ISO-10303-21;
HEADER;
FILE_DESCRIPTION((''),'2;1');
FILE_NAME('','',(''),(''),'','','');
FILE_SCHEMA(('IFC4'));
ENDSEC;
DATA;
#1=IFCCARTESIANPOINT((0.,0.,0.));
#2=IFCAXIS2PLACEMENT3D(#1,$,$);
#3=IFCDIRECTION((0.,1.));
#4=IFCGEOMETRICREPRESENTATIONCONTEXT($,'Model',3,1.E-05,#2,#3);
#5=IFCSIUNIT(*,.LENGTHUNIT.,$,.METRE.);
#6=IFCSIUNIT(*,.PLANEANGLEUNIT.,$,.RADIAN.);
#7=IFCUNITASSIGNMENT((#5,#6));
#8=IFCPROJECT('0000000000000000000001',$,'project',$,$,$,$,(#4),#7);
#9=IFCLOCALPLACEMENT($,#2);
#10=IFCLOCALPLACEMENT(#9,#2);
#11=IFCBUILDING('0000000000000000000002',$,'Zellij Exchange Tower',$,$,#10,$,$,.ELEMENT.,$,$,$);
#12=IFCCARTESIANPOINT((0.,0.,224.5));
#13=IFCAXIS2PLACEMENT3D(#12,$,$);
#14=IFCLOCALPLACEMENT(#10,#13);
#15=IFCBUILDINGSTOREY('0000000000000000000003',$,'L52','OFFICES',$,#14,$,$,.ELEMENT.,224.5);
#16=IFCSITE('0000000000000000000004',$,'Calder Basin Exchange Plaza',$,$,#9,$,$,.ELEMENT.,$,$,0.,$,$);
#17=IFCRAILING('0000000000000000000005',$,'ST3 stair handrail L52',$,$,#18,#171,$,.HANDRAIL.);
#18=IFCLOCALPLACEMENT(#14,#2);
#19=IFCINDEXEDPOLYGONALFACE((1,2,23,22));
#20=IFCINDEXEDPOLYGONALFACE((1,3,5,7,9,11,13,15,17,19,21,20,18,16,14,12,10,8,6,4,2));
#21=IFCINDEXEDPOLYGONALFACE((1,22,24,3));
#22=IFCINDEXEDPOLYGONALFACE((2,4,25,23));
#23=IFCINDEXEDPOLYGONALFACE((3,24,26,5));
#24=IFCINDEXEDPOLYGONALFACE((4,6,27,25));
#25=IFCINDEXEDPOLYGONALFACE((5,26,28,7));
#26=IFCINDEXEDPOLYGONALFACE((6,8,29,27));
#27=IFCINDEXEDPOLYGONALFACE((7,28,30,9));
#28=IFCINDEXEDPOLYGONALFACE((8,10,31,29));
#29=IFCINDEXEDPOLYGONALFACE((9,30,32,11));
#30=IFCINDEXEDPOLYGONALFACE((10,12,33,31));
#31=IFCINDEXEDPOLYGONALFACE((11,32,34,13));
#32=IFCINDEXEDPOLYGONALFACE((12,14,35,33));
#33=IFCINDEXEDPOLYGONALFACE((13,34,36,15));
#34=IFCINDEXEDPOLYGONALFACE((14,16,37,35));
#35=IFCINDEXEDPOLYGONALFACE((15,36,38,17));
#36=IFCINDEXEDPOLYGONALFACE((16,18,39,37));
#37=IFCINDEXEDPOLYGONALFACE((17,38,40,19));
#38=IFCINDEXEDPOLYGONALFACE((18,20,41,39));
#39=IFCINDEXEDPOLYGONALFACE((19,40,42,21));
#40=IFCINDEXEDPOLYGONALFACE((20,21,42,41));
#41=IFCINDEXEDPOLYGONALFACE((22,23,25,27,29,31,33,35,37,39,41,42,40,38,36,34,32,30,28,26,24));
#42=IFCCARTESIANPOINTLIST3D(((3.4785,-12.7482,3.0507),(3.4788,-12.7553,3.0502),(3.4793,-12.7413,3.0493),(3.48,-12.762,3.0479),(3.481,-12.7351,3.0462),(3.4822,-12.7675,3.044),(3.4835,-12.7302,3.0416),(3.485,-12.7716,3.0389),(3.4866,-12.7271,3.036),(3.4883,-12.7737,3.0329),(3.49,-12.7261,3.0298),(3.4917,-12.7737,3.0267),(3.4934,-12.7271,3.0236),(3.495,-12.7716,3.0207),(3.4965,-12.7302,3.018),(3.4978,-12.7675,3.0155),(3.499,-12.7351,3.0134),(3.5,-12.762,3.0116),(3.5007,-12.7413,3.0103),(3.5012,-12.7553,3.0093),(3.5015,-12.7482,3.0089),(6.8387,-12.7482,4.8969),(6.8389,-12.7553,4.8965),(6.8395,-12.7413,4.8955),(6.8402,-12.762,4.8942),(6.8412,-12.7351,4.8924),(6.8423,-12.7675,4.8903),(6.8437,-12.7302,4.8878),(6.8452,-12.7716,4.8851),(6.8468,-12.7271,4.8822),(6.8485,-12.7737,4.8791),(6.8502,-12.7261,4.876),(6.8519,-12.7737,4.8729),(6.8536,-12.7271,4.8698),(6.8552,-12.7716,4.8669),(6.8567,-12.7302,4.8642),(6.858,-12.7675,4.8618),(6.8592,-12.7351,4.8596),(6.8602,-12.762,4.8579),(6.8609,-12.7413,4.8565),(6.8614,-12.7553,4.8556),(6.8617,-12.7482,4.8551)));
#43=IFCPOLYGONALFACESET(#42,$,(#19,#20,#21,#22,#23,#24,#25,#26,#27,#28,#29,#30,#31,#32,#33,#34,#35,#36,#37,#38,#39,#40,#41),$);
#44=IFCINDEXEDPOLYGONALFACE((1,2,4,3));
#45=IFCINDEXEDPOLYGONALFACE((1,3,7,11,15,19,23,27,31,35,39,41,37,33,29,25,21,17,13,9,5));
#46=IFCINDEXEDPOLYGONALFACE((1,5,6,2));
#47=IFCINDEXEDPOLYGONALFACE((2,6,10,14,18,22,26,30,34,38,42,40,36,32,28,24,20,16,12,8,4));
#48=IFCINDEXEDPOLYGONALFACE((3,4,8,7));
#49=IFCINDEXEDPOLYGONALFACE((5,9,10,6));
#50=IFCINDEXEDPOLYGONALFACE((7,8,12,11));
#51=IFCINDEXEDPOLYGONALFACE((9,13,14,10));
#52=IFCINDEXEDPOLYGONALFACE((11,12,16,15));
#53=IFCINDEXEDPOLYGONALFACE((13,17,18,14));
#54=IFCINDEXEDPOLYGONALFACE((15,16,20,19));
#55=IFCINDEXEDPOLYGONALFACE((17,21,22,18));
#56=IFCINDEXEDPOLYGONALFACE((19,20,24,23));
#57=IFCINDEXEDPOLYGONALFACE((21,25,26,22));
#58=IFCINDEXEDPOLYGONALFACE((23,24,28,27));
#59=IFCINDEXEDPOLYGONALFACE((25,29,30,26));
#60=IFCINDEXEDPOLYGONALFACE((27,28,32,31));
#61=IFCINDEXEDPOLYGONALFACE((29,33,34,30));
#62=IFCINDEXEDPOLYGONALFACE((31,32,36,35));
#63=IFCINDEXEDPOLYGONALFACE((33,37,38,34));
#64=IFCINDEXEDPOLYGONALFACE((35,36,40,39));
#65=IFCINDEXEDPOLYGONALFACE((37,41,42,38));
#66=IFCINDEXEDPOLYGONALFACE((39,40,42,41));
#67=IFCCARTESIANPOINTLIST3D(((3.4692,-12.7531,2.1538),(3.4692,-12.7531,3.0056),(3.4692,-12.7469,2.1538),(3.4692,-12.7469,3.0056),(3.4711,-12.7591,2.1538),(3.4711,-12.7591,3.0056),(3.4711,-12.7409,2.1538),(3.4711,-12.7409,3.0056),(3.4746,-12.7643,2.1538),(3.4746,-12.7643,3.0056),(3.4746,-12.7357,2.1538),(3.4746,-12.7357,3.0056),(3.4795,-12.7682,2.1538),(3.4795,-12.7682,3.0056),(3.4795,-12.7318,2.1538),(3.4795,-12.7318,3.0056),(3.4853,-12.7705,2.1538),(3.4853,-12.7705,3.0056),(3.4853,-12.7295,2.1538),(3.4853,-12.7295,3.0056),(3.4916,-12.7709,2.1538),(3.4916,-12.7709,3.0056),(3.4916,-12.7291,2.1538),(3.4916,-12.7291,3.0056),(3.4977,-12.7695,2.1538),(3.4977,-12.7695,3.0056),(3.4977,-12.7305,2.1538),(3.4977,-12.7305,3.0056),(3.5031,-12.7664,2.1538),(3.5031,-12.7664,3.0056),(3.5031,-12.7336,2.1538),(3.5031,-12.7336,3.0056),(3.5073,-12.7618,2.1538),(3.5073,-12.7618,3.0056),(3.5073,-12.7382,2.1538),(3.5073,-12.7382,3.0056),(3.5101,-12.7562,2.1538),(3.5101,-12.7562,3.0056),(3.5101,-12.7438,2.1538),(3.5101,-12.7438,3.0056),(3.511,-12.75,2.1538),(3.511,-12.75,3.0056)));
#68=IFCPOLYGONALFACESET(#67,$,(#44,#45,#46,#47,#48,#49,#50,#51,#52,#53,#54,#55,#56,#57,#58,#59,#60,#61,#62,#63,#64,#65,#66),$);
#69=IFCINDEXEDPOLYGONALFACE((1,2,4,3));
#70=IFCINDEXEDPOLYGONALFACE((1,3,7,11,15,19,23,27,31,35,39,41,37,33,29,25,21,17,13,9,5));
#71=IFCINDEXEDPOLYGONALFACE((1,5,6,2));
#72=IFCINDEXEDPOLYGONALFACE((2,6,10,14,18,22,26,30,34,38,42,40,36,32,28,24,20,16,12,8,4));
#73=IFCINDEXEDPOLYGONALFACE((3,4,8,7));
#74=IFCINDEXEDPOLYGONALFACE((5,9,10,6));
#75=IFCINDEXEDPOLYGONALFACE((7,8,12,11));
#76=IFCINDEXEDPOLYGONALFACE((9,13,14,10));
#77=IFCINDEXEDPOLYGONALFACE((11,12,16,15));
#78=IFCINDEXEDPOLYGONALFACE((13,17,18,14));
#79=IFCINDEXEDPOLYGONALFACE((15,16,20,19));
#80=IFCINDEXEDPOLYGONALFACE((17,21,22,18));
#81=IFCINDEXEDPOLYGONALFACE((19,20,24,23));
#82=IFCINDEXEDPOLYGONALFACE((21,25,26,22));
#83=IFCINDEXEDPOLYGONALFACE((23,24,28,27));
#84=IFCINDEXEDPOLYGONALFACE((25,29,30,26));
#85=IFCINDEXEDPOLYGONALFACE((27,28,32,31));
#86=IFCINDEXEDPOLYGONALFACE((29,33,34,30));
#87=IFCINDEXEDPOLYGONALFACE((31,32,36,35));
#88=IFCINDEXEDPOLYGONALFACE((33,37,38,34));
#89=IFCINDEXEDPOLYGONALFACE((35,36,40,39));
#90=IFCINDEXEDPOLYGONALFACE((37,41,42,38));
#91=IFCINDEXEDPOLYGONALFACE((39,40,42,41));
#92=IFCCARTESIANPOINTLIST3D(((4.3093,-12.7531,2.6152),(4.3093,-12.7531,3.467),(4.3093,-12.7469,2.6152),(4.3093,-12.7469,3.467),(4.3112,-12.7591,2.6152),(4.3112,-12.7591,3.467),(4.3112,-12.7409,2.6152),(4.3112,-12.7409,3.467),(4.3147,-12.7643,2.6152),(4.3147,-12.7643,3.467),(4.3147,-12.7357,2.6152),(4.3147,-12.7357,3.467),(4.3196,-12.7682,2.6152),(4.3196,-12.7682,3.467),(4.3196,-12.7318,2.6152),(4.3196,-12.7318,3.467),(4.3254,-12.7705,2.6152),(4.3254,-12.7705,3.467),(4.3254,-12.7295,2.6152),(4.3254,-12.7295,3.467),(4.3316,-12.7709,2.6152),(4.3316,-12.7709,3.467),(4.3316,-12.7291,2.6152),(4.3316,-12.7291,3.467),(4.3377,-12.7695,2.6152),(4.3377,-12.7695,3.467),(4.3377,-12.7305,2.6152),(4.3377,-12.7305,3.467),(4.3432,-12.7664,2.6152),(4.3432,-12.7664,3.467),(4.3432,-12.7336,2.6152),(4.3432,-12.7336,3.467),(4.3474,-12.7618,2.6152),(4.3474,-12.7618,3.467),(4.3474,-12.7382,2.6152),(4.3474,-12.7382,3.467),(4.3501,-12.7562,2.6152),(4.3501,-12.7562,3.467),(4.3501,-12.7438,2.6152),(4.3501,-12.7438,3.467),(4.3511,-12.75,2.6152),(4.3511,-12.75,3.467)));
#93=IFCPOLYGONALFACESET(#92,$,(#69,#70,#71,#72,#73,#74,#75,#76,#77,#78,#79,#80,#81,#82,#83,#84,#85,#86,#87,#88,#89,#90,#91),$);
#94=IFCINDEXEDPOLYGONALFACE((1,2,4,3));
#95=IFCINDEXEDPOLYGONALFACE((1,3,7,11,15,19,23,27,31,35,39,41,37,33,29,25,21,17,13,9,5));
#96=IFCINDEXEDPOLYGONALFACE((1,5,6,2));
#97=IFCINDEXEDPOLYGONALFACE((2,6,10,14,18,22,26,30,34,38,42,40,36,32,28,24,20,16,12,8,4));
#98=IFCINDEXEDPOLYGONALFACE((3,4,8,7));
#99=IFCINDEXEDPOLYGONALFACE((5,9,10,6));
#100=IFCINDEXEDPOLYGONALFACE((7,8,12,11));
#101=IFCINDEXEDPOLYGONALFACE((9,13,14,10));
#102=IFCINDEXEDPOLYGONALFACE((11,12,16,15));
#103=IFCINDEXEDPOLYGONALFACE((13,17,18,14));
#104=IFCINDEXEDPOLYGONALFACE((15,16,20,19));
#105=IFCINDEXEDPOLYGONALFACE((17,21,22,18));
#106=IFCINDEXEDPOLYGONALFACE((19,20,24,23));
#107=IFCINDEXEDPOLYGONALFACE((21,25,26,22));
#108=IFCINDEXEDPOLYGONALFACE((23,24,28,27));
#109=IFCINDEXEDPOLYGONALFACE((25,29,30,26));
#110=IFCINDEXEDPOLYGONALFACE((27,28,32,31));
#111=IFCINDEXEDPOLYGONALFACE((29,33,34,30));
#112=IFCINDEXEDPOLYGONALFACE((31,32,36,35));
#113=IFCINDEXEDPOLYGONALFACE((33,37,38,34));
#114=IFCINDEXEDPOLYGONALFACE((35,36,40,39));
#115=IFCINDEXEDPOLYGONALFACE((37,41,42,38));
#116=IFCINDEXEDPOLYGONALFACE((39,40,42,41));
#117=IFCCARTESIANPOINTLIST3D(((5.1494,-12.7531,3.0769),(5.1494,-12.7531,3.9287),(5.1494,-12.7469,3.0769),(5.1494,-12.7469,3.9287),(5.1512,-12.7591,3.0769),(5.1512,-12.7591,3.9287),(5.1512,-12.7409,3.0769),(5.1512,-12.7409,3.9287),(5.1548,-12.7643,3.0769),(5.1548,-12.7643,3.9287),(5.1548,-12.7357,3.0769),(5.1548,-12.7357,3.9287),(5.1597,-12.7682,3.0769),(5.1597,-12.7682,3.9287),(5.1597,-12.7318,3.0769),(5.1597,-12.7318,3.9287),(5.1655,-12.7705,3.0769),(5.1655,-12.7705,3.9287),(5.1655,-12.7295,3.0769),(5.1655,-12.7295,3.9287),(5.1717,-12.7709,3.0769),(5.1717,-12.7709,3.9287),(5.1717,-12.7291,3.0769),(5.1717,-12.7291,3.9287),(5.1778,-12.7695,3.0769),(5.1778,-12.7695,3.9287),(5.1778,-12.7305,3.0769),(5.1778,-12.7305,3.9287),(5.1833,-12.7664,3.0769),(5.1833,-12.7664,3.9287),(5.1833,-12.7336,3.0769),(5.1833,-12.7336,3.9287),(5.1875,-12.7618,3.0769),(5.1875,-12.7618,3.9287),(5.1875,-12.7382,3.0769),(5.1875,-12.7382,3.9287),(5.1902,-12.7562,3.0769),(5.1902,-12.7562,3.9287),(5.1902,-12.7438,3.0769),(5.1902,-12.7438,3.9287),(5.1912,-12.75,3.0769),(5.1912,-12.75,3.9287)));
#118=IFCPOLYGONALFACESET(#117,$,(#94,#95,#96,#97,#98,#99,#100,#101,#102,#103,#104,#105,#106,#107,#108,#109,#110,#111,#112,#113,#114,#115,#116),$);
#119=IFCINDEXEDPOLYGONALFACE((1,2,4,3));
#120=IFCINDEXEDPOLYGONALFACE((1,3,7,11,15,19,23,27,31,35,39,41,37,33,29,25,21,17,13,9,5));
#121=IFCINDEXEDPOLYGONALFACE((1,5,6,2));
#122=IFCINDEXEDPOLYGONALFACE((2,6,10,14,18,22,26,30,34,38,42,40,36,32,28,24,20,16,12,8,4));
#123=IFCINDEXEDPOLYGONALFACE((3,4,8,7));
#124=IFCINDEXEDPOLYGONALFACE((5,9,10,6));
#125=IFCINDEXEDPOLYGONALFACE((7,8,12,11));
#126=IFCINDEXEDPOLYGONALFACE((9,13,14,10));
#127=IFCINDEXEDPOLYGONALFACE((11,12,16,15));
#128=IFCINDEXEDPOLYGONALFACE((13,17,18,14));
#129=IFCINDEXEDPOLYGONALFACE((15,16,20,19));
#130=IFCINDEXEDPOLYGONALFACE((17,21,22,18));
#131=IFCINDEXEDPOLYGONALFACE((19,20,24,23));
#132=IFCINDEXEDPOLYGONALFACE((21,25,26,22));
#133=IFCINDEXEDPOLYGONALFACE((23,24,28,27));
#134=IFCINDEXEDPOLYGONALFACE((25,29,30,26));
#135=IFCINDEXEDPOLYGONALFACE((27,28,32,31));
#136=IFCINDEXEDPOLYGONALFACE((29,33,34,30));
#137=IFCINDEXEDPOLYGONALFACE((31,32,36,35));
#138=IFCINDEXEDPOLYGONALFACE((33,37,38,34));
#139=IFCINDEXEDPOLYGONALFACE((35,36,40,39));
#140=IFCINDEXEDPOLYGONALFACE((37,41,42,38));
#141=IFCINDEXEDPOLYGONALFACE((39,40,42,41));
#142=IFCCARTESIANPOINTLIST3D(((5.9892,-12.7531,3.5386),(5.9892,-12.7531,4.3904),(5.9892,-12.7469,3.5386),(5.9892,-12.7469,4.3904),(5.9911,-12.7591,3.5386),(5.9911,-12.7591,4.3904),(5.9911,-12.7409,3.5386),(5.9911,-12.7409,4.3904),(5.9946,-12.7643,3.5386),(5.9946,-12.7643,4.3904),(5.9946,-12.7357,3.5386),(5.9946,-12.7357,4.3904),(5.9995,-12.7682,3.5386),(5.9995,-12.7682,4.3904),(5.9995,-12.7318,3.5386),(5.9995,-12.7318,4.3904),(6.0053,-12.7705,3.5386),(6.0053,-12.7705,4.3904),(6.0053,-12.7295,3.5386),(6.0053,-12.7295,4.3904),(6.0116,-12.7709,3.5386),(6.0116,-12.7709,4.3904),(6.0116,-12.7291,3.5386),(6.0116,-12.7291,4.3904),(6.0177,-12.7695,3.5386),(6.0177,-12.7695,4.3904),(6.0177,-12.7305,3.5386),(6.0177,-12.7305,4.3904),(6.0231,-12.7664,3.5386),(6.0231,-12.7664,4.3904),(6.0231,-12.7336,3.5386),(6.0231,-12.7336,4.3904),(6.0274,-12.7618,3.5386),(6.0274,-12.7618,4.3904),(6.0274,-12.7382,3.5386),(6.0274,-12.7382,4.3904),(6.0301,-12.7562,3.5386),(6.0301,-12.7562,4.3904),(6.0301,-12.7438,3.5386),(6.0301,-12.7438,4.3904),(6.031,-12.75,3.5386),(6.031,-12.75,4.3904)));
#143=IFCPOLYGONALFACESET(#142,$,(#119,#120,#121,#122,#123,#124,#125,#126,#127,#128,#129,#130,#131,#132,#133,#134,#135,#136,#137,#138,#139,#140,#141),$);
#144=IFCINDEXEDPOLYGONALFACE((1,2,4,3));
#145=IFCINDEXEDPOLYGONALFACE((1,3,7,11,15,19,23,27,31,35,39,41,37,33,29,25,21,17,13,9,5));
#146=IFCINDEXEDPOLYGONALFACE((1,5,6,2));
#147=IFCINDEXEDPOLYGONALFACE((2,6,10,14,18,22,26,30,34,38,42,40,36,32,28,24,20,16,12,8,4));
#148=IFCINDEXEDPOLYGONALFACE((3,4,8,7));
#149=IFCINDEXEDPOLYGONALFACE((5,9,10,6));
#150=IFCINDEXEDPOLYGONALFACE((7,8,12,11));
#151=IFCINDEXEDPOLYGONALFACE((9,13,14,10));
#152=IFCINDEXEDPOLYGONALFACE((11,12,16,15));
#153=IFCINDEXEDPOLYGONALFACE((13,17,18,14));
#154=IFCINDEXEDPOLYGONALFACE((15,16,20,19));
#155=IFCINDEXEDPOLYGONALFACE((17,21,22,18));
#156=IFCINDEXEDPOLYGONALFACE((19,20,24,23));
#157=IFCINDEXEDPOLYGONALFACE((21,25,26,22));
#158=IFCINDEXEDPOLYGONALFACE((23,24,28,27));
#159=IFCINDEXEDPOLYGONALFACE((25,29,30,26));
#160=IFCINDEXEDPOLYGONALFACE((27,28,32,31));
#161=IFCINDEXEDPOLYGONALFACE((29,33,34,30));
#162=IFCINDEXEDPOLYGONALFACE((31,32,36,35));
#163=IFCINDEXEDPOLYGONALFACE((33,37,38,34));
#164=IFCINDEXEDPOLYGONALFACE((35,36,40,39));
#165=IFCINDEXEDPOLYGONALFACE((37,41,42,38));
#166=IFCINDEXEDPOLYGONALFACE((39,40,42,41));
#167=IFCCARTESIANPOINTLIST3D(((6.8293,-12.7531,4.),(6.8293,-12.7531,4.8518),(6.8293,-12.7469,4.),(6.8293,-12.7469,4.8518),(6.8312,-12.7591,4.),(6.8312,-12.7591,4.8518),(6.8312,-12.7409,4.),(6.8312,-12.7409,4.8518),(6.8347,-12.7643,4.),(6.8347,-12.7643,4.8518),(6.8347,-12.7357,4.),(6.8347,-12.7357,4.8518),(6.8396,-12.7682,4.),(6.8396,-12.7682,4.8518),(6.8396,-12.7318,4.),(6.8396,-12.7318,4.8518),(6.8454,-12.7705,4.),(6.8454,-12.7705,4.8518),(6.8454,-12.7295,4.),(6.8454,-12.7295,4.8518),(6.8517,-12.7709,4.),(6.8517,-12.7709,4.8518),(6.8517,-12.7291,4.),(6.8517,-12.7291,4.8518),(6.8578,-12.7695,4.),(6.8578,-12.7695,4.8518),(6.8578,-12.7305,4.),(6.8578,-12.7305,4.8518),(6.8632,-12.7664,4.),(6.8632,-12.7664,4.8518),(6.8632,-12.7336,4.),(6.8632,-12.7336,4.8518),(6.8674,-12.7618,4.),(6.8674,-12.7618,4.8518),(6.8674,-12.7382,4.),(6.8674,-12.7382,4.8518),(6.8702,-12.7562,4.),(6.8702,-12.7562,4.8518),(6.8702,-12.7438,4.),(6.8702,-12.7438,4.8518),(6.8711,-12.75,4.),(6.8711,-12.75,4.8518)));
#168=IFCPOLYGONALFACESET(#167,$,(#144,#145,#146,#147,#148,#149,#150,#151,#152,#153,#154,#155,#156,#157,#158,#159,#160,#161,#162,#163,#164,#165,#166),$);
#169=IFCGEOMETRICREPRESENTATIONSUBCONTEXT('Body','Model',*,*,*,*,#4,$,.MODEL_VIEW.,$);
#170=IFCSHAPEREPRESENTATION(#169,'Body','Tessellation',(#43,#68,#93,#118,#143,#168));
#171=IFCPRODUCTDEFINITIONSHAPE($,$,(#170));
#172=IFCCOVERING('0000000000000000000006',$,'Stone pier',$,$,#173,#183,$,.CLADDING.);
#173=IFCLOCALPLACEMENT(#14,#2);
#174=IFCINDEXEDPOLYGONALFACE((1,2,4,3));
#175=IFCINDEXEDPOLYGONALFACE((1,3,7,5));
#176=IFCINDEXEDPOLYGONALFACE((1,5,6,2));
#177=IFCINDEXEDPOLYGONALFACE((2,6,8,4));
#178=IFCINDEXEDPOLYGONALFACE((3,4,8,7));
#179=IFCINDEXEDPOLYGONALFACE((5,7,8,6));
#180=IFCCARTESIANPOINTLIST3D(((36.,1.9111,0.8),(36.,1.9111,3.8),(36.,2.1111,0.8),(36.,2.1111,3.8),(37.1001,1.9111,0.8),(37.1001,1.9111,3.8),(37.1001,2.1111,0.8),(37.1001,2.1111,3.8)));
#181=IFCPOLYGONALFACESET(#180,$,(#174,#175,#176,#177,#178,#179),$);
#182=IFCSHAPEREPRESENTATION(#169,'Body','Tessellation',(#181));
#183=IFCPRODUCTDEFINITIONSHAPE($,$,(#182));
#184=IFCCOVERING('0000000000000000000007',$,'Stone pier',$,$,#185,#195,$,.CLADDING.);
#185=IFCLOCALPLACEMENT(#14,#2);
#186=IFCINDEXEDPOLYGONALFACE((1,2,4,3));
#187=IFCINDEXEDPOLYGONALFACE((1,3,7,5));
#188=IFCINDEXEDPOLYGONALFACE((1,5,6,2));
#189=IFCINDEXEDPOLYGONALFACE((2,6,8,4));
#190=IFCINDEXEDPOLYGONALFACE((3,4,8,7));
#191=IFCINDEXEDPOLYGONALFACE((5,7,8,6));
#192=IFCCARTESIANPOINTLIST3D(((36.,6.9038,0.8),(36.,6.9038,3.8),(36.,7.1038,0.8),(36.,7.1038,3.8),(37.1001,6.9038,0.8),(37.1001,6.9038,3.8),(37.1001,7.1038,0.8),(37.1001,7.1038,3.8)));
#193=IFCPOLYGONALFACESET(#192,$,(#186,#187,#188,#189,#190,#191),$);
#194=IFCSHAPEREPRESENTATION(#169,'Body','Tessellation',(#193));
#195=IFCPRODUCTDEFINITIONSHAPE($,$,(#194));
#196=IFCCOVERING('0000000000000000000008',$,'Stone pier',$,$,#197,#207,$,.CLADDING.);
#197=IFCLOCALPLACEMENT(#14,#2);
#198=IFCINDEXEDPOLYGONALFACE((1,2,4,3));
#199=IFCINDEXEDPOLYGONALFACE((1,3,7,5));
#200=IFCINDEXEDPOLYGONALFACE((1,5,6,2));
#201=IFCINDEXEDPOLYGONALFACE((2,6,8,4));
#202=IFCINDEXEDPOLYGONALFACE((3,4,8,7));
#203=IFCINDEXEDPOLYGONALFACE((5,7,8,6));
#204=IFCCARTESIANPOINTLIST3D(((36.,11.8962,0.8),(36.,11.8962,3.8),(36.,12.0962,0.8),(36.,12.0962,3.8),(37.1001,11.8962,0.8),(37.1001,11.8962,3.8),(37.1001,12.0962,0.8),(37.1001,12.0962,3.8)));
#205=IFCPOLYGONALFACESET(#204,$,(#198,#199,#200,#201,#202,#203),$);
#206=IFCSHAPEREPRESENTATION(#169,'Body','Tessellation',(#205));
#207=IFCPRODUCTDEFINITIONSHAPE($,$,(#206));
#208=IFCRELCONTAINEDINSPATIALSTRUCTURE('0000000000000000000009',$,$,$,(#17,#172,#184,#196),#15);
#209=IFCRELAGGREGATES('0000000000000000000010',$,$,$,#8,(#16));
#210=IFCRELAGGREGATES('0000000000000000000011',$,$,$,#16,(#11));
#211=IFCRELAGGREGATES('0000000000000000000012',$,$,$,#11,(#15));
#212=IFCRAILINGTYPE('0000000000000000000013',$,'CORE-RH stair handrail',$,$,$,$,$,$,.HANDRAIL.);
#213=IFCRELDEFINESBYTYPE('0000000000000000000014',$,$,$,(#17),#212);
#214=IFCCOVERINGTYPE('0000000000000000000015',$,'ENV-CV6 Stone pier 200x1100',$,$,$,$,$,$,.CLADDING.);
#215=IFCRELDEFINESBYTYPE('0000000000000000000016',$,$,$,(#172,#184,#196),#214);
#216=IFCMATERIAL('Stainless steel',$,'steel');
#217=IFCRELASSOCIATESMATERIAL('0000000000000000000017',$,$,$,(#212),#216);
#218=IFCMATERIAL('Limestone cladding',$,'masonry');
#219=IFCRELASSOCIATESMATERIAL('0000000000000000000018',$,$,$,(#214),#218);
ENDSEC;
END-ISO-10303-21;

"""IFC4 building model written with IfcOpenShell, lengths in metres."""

from ifc_helpers import new_model, si_unit, direction, frame, origin, origin_2d, place, context, subcontext, project, spatial, polyline, circle, outline, extrude, material, type_object, element, save


model = new_model("IFC4")

# Units and contexts
model_context = context("Model", 3, precision=1e-05, world=origin(), true_north=direction((0.0, 1.0)))
body_context = subcontext(model_context, "Body", "Model", "MODEL_VIEW")
ifc_project = project(units=[si_unit("LENGTHUNIT", "METRE"), si_unit("PLANEANGLEUNIT", "RADIAN")], contexts=[model_context])

# Site, building, storey
site_placement = place(None, origin())
site = spatial("IfcSite", under=ifc_project, at=site_placement, Name="Calder Basin Exchange Plaza", CompositionType="ELEMENT", RefElevation=0.0)
building_placement = place(site_placement, origin())
building = spatial("IfcBuilding", under=site, at=building_placement, Name="Zellij Exchange Tower", CompositionType="ELEMENT")
storey_placement = place(building_placement, frame((0.0, 0.0, 224.5)))
storey = spatial("IfcBuildingStorey", under=building, at=storey_placement, Name="L52", Description="OFFICES", CompositionType="ELEMENT", Elevation=224.5)

# Railing
ifc_material_1 = material(Name="Stainless steel", Category="steel")
railing_type_1 = type_object("IfcRailingType", Name="CORE-RH stair handrail", PredefinedType="HANDRAIL", material=ifc_material_1)
railing_1_placement = place(storey_placement, frame((3.49, -12.75, 2.1538)))
element("IfcRailing", 1, at=railing_1_placement, inside=storey, type_object=railing_type_1, Name="ST3 stair handrail L52", PredefinedType="HANDRAIL", context=body_context, shape_type="SweptSolid", body=[
    extrude(circle(Radius=0.0239, at=origin_2d()), frame((0.0, 0.0, 0.876), z_axis=(0.876422, 0.0, 0.481545), x_axis=(0.0, 1.0, 0.0)), (0.0, 0.0, 1.0), 3.834),
    extrude(circle(Radius=0.021, at=origin_2d()), origin(), (0.0, 0.0, 1.0), 0.8518),
    extrude(circle(Radius=0.021, at=origin_2d()), frame((0.8401, 0.0, 0.4614)), (0.0, 0.0, 1.0), 0.8518),
    extrude(circle(Radius=0.021, at=origin_2d()), frame((1.6802, 0.0, 0.9231)), (0.0, 0.0, 1.0), 0.8518),
    extrude(circle(Radius=0.021, at=origin_2d()), frame((2.52, 0.0, 1.3848)), (0.0, 0.0, 1.0), 0.8518),
    extrude(circle(Radius=0.021, at=origin_2d()), frame((3.3601, 0.0, 1.8462)), (0.0, 0.0, 1.0), 0.8518),
])

# Coverings
ifc_material_2 = material(Name="Limestone cladding", Category="masonry")
covering_type = type_object("IfcCoveringType", Name="ENV-CV6 Stone pier 200x1100", PredefinedType="CLADDING", material=ifc_material_2)
covering_1_placement = place(storey_placement, frame((0.0, 0.0, 0.8)))
element("IfcCovering", 2, at=covering_1_placement, inside=storey, type_object=covering_type, Name="Stone pier", PredefinedType="CLADDING", context=body_context, shape_type="SweptSolid", body=[
    extrude(outline(polyline([(36.0, 1.9111), (36.0, 2.1111), (37.1001, 2.1111), (37.1001, 1.9111), (36.0, 1.9111)])), origin(), (0.0, 0.0, 1.0), 3.0),
])
covering_2_placement = place(storey_placement, frame((0.0, 0.0, 0.8)))
element("IfcCovering", 3, at=covering_2_placement, inside=storey, type_object=covering_type, Name="Stone pier", PredefinedType="CLADDING", context=body_context, shape_type="SweptSolid", body=[
    extrude(outline(polyline([(36.0, 6.9038), (36.0, 7.1038), (37.1001, 7.1038), (37.1001, 6.9038), (36.0, 6.9038)])), origin(), (0.0, 0.0, 1.0), 3.0),
])
covering_3_placement = place(storey_placement, frame((0.0, 0.0, 0.8)))
element("IfcCovering", 4, at=covering_3_placement, inside=storey, type_object=covering_type, Name="Stone pier", PredefinedType="CLADDING", context=body_context, shape_type="SweptSolid", body=[
    extrude(outline(polyline([(36.0, 11.8962), (36.0, 12.0962), (37.1001, 12.0962), (37.1001, 11.8962), (36.0, 11.8962)])), origin(), (0.0, 0.0, 1.0), 3.0),
])

save(model, "model.ifc")
